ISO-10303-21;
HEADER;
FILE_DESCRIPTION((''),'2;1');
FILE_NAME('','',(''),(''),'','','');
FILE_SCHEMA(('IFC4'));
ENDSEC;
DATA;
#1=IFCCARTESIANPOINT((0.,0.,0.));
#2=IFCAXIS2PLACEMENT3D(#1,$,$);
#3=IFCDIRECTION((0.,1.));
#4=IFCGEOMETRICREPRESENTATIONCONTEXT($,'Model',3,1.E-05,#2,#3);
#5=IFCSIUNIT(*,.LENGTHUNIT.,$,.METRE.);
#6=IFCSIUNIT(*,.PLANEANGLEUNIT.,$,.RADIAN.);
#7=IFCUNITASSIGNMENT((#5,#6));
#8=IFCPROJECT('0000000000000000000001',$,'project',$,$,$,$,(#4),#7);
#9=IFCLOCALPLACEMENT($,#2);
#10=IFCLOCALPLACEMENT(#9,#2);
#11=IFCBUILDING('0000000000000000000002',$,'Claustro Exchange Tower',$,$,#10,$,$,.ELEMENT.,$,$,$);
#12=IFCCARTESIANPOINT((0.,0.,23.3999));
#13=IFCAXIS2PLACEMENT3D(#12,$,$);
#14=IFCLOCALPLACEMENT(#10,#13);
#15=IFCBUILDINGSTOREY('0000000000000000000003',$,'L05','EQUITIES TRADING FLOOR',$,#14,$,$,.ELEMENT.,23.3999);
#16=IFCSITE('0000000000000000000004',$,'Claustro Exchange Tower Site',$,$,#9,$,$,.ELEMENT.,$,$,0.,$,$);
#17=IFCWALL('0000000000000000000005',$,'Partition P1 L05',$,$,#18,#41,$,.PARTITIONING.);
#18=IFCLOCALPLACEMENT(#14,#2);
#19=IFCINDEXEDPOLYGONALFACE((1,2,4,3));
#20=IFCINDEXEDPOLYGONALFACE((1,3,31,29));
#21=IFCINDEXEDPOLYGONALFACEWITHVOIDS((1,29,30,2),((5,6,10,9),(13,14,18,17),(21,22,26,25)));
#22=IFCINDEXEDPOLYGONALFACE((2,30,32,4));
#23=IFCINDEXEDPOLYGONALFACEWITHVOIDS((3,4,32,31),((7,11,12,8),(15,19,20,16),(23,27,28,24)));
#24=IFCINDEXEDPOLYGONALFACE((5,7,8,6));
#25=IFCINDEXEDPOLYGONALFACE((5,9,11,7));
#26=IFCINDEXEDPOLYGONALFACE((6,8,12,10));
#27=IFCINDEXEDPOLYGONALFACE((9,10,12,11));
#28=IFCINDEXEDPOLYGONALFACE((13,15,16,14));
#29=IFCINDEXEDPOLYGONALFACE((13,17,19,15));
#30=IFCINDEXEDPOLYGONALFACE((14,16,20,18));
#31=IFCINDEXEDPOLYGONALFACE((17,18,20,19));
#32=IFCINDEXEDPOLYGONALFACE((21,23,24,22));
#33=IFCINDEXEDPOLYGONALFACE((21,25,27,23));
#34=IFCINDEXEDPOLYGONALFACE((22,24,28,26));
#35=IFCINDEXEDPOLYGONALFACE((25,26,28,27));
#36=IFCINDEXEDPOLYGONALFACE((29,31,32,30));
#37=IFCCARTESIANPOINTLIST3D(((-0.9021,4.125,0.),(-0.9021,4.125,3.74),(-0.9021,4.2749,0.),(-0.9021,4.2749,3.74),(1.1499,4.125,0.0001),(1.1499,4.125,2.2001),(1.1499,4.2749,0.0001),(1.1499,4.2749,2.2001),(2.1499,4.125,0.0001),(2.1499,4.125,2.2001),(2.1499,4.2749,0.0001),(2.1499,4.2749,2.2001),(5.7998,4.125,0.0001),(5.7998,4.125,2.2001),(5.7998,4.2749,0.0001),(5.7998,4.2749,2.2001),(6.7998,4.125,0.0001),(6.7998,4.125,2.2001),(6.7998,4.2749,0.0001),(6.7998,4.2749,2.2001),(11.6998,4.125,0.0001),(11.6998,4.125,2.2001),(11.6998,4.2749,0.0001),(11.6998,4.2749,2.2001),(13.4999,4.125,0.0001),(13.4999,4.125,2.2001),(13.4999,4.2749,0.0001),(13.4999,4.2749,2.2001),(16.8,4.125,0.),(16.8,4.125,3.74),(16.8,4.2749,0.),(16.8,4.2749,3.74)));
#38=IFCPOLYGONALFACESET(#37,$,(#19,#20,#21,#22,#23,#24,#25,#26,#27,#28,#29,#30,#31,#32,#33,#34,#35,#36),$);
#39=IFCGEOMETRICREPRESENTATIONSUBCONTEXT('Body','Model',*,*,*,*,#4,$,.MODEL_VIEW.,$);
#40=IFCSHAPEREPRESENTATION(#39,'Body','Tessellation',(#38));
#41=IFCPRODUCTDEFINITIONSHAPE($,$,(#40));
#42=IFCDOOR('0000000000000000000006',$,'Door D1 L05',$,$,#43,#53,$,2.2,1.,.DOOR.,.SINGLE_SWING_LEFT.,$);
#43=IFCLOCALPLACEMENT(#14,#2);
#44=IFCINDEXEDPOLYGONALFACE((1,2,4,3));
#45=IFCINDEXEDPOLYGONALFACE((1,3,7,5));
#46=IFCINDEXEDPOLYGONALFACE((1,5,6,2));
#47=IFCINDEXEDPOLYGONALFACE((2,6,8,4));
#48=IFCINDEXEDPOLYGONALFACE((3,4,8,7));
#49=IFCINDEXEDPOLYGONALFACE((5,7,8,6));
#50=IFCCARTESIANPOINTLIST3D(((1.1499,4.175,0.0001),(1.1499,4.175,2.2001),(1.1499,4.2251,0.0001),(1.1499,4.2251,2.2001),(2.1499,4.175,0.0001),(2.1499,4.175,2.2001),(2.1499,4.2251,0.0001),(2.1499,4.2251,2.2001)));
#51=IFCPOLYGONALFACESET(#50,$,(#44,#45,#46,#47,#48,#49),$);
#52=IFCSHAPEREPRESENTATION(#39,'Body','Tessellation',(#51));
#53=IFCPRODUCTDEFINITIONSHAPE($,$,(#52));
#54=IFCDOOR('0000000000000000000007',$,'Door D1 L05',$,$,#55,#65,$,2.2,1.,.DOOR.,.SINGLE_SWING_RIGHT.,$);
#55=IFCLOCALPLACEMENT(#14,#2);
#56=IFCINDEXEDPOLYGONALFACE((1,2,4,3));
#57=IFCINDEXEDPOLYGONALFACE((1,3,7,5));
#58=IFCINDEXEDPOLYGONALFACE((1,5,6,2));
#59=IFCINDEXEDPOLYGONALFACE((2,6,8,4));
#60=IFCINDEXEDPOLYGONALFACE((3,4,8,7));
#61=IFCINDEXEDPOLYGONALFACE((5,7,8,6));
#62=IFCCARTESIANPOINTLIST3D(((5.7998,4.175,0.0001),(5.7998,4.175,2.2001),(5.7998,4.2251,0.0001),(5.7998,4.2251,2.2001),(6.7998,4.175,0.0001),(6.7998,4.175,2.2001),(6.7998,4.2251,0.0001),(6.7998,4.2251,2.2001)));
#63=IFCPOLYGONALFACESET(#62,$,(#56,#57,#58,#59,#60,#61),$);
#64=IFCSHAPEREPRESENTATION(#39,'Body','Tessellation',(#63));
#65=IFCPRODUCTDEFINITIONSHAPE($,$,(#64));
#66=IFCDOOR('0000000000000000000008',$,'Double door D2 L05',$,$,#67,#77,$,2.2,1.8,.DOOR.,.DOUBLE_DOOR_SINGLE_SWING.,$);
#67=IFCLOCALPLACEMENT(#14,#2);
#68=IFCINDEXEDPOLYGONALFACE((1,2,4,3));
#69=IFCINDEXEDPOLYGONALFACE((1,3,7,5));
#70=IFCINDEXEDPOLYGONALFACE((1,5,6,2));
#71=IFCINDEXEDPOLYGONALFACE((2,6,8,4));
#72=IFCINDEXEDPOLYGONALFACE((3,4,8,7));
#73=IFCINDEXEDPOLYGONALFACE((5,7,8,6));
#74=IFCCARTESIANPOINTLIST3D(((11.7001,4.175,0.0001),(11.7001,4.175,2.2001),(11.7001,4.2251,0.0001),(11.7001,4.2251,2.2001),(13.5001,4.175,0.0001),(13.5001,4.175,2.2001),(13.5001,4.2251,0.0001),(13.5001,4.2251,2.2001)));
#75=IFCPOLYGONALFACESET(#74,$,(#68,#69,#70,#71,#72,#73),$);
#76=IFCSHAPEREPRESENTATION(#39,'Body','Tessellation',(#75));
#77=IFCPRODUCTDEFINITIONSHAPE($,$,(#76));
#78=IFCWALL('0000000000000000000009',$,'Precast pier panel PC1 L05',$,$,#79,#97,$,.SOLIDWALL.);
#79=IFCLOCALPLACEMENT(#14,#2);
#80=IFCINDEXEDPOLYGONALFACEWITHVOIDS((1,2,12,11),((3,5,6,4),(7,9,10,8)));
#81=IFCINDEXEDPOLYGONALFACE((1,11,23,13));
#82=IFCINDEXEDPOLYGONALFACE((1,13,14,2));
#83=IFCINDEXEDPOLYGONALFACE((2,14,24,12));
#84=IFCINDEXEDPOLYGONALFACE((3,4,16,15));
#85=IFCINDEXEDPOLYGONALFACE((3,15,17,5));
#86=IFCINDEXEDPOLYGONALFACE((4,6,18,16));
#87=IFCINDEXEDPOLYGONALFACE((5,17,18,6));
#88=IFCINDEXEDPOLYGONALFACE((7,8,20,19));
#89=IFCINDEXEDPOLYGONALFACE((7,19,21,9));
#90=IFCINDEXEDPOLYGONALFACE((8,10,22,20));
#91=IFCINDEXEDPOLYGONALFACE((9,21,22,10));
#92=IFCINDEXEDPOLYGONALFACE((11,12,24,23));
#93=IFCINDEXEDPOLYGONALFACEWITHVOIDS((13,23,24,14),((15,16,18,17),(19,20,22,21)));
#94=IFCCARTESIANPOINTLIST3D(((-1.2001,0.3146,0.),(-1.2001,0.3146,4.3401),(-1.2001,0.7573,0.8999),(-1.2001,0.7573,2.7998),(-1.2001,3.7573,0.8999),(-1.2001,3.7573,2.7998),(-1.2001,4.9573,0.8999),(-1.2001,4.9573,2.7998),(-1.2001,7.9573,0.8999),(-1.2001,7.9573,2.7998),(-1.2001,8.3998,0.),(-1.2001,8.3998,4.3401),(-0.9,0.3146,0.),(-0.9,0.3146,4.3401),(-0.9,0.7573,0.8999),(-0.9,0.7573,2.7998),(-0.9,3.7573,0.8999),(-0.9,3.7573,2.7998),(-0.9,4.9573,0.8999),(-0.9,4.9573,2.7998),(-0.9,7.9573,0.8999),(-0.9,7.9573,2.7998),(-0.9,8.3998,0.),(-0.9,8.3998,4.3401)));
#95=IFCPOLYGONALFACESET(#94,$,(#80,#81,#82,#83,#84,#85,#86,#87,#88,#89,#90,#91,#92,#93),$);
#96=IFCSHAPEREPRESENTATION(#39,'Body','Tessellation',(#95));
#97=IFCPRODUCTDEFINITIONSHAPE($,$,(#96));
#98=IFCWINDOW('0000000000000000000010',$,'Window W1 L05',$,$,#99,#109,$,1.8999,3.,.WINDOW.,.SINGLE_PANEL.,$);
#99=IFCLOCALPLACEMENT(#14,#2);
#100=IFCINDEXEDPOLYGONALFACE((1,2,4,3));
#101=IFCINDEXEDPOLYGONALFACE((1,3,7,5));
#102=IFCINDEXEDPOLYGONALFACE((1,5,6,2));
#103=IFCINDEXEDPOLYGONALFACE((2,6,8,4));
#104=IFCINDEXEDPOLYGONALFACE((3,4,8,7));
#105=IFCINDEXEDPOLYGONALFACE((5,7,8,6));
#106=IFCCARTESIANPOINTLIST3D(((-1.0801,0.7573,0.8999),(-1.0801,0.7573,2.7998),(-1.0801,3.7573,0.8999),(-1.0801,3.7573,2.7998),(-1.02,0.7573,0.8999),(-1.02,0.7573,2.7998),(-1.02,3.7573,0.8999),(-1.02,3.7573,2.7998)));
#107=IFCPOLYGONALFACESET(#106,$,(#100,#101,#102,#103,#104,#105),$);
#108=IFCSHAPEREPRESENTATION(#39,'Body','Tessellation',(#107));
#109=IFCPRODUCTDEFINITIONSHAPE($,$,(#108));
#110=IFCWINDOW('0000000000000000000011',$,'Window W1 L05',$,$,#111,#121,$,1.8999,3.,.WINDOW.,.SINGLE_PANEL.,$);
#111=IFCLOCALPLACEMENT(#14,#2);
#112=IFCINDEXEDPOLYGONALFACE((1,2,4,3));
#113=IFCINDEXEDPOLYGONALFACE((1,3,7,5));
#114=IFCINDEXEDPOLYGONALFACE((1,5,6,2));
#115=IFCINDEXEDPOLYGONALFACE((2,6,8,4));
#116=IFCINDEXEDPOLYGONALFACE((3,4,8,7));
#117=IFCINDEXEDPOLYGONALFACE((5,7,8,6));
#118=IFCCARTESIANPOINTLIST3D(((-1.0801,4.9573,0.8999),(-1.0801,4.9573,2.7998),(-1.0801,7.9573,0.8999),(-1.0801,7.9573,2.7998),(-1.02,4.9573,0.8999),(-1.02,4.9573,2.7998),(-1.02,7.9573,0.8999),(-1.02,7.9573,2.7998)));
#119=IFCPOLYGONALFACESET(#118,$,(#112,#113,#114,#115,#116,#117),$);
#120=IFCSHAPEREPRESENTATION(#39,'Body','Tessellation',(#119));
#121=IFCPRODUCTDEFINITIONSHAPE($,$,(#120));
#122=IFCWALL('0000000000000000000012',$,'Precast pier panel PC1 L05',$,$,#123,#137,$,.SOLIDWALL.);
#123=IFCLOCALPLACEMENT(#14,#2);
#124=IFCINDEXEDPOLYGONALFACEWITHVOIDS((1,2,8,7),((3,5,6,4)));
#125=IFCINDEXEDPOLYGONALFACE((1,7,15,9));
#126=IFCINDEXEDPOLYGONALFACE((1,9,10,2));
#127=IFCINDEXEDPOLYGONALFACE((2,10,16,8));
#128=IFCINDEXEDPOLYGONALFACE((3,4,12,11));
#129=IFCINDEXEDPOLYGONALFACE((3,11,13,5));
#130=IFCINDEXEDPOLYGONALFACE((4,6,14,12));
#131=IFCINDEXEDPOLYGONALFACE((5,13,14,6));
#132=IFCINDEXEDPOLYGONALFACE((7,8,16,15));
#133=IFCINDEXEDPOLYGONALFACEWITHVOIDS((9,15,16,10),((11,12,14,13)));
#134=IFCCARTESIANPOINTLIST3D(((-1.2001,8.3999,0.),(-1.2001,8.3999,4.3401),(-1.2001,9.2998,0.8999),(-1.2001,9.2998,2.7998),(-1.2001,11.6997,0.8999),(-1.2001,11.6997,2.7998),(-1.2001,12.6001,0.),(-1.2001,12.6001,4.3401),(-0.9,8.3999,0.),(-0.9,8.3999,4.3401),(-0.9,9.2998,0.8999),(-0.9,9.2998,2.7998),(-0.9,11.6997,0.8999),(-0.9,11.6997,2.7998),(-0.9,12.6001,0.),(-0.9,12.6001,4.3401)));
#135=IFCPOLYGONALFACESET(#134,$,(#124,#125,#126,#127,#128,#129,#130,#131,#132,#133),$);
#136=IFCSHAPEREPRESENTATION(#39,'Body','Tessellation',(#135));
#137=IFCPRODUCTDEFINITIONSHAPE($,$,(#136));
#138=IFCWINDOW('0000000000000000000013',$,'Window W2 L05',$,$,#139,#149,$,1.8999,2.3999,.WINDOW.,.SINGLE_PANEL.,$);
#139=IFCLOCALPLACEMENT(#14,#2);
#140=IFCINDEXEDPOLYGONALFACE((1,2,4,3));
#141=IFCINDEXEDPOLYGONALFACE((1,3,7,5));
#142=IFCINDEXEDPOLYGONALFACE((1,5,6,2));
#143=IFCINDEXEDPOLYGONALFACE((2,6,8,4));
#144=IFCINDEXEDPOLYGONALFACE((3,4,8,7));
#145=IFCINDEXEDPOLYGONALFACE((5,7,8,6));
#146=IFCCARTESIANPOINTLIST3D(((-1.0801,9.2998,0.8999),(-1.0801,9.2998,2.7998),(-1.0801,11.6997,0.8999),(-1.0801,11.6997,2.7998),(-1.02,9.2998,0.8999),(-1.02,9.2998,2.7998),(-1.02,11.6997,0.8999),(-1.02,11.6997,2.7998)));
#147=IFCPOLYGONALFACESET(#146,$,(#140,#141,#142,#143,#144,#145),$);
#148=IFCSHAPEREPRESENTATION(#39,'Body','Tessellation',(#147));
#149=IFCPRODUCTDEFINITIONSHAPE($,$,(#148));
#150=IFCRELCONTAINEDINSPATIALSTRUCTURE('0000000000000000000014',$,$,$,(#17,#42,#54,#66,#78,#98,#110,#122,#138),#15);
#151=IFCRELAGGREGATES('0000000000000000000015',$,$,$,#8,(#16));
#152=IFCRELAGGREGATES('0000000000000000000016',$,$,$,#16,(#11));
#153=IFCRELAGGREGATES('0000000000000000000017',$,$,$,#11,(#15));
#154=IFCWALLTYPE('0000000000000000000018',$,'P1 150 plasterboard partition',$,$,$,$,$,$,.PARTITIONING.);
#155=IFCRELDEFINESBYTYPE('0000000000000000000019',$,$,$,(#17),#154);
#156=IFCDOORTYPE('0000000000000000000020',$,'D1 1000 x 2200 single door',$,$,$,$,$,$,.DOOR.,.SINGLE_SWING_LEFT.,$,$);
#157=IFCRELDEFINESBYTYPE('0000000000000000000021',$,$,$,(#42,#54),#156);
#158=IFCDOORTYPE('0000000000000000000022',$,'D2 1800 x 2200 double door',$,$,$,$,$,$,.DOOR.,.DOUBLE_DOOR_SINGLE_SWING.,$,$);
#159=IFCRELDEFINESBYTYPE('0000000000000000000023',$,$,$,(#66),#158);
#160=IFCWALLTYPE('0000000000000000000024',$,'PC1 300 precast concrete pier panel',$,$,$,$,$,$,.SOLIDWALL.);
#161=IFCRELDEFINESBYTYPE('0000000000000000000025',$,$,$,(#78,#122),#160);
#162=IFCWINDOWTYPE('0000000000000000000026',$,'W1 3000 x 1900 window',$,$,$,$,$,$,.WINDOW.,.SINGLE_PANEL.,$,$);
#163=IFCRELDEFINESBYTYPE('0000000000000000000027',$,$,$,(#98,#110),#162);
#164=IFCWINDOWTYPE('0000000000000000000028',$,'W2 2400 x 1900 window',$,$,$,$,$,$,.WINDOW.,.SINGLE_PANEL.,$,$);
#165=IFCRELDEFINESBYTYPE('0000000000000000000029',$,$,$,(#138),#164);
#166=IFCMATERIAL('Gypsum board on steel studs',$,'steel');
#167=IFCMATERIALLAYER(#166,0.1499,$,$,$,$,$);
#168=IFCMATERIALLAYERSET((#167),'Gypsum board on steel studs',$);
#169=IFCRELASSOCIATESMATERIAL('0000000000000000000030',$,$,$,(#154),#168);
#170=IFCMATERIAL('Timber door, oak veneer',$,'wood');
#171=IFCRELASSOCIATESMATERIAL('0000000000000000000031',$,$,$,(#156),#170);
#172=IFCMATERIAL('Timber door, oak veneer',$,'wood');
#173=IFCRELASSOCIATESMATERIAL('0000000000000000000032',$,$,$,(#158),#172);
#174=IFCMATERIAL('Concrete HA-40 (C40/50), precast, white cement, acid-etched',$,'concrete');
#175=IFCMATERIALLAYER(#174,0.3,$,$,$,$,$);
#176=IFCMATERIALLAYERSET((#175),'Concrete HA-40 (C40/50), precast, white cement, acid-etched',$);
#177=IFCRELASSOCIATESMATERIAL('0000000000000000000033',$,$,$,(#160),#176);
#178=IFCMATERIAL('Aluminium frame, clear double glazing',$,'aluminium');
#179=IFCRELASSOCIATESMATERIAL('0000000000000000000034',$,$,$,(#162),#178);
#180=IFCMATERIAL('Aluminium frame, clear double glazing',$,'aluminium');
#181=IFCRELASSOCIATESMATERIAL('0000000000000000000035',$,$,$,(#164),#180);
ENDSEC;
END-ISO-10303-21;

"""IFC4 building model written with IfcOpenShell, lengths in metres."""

from ifc_helpers import new_model, si_unit, direction, frame, frame_2d, origin, place, context, subcontext, project, spatial, rectangle, extrude, material, layer, layer_set, type_object, element, fill, save


model = new_model("IFC4")

# Units and contexts
model_context = context("Model", 3, precision=1e-05, world=origin(), true_north=direction((0.0, 1.0)))
body_context = subcontext(model_context, "Body", "Model", "MODEL_VIEW")
ifc_project = project(units=[si_unit("LENGTHUNIT", "METRE"), si_unit("PLANEANGLEUNIT", "RADIAN")], contexts=[model_context])

# Site, building, storey
site_placement = place(None, origin())
site = spatial("IfcSite", under=ifc_project, at=site_placement, Name="Claustro Exchange Tower Site", CompositionType="ELEMENT", RefElevation=0.0)
building_placement = place(site_placement, origin())
building = spatial("IfcBuilding", under=site, at=building_placement, Name="Claustro Exchange Tower", CompositionType="ELEMENT")
storey_placement = place(building_placement, frame((0.0, 0.0, 23.3999)))
storey = spatial("IfcBuildingStorey", under=building, at=storey_placement, Name="L05", Description="EQUITIES TRADING FLOOR", CompositionType="ELEMENT", Elevation=23.3999)

# Wall, openings, doors
ifc_material_1 = material(Name="Gypsum board on steel studs", Category="steel")
ifc_layer_1 = layer(ifc_material_1, 0.1499)
ifc_layer_set_1 = layer_set([ifc_layer_1], Name="Gypsum board on steel studs")
wall_type_1 = type_object("IfcWallType", Name="P1 150 plasterboard partition", PredefinedType="PARTITIONING", material=ifc_layer_set_1)
wall_1_placement = place(storey_placement, frame((-0.9021, 4.2, 0.0), z_axis=(0.0, 0.0, 1.0), x_axis=(1.0, 0.0, 0.0)))
wall_1 = element("IfcWall", 1, at=wall_1_placement, inside=storey, type_object=wall_type_1, Name="Partition P1 L05", PredefinedType="PARTITIONING", context=body_context, shape_type="SweptSolid", body=[
    extrude(rectangle(XDim=17.7021, YDim=0.1499, at=frame_2d((8.8511, 0.0))), origin(), (0.0, 0.0, 1.0), 3.74),
])
opening_1_placement = place(wall_1_placement, frame((2.052, 0.0, 0.0)))
opening_1 = element("IfcOpeningElement", 2, at=opening_1_placement, cuts=wall_1, PredefinedType="OPENING", context=body_context, shape_type="SweptSolid", body=[
    extrude(rectangle(XDim=1.0, YDim=2.2, at=frame_2d((0.5, 1.1001))), frame((0.0, 0.085, 0.0), z_axis=(0.0, -1.0, 0.0), x_axis=(1.0, 0.0, 0.0)), (0.0, 0.0, 1.0), 0.1699),
])
opening_2_placement = place(wall_1_placement, frame((6.7019, 0.0, 0.0)))
opening_2 = element("IfcOpeningElement", 3, at=opening_2_placement, cuts=wall_1, PredefinedType="OPENING", context=body_context, shape_type="SweptSolid", body=[
    extrude(rectangle(XDim=1.0, YDim=2.2, at=frame_2d((0.5, 1.1001))), frame((0.0, 0.085, 0.0), z_axis=(0.0, -1.0, 0.0), x_axis=(1.0, 0.0, 0.0)), (0.0, 0.0, 1.0), 0.1699),
])
opening_3_placement = place(wall_1_placement, frame((12.6021, 0.0, 0.0)))
opening_3 = element("IfcOpeningElement", 4, at=opening_3_placement, cuts=wall_1, PredefinedType="OPENING", context=body_context, shape_type="SweptSolid", body=[
    extrude(rectangle(XDim=1.8, YDim=2.2, at=frame_2d((0.8999, 1.1001))), frame((0.0, 0.085, 0.0), z_axis=(0.0, -1.0, 0.0), x_axis=(1.0, 0.0, 0.0)), (0.0, 0.0, 1.0), 0.1699),
])
ifc_material_2 = material(Name="Timber door, oak veneer", Category="wood")
door_type_1 = type_object("IfcDoorType", Name="D1 1000 x 2200 single door", OperationType="SINGLE_SWING_LEFT", PredefinedType="DOOR", material=ifc_material_2)
door_1_placement = place(opening_1_placement, frame((1.0, 0.0, 0.0), z_axis=(0.0, 0.0, 1.0), x_axis=(-1.0, 0.0, 0.0)))
door_1 = element("IfcDoor", 5, at=door_1_placement, inside=storey, type_object=door_type_1, Name="Door D1 L05", OperationType="SINGLE_SWING_LEFT", OverallHeight=2.2, OverallWidth=1.0, PredefinedType="DOOR", context=body_context, shape_type="SweptSolid", body=[
    extrude(rectangle(XDim=1.0, YDim=2.2, at=frame_2d((0.5, 1.1001))), frame((0.0, 0.0249, 0.0), z_axis=(0.0, -1.0, 0.0), x_axis=(1.0, 0.0, 0.0)), (0.0, 0.0, 1.0), 0.05),
])
fill(opening_1, door_1)
door_2_placement = place(opening_2_placement, frame((1.0, 0.0, 0.0), z_axis=(0.0, 0.0, 1.0), x_axis=(-1.0, 0.0, 0.0)))
door_2 = element("IfcDoor", 6, at=door_2_placement, inside=storey, type_object=door_type_1, Name="Door D1 L05", OperationType="SINGLE_SWING_RIGHT", OverallHeight=2.2, OverallWidth=1.0, PredefinedType="DOOR", context=body_context, shape_type="SweptSolid", body=[
    extrude(rectangle(XDim=1.0, YDim=2.2, at=frame_2d((0.5, 1.1001))), frame((0.0, 0.0249, 0.0), z_axis=(0.0, -1.0, 0.0), x_axis=(1.0, 0.0, 0.0)), (0.0, 0.0, 1.0), 0.05),
])
fill(opening_2, door_2)
ifc_material_3 = material(Name="Timber door, oak veneer", Category="wood")
door_type_2 = type_object("IfcDoorType", Name="D2 1800 x 2200 double door", OperationType="DOUBLE_DOOR_SINGLE_SWING", PredefinedType="DOOR", material=ifc_material_3)
door_3_placement = place(opening_3_placement, frame((1.8, 0.0, 0.0), z_axis=(0.0, 0.0, 1.0), x_axis=(-1.0, 0.0, 0.0)))
door_3 = element("IfcDoor", 7, at=door_3_placement, inside=storey, type_object=door_type_2, Name="Double door D2 L05", OperationType="DOUBLE_DOOR_SINGLE_SWING", OverallHeight=2.2, OverallWidth=1.8, PredefinedType="DOOR", context=body_context, shape_type="SweptSolid", body=[
    extrude(rectangle(XDim=1.8, YDim=2.2, at=frame_2d((0.8999, 1.1001))), frame((0.0, 0.0249, 0.0), z_axis=(0.0, -1.0, 0.0), x_axis=(1.0, 0.0, 0.0)), (0.0, 0.0, 1.0), 0.05),
])
fill(opening_3, door_3)

# Wall, openings, windows
ifc_material_4 = material(Name="Concrete HA-40 (C40/50), precast, white cement, acid-etched", Category="concrete")
ifc_layer_2 = layer(ifc_material_4, 0.3)
ifc_layer_set_2 = layer_set([ifc_layer_2], Name="Concrete HA-40 (C40/50), precast, white cement, acid-etched")
wall_type_2 = type_object("IfcWallType", Name="PC1 300 precast concrete pier panel", PredefinedType="SOLIDWALL", material=ifc_layer_set_2)
wall_2_placement = place(storey_placement, frame((-1.05, 0.3147, 0.0), z_axis=(0.0, 0.0, 1.0), x_axis=(0.0, 1.0, 0.0)))
wall_2 = element("IfcWall", 8, at=wall_2_placement, inside=storey, type_object=wall_type_2, Name="Precast pier panel PC1 L05", PredefinedType="SOLIDWALL", context=body_context, shape_type="SweptSolid", body=[
    extrude(rectangle(XDim=8.0852, YDim=0.3, at=frame_2d((4.0425, 0.0))), origin(), (0.0, 0.0, 1.0), 4.3401),
])
opening_4_placement = place(wall_2_placement, frame((0.4426, 0.0, 0.8999)))
opening_4 = element("IfcOpeningElement", 9, at=opening_4_placement, cuts=wall_2, PredefinedType="OPENING", context=body_context, shape_type="SweptSolid", body=[
    extrude(rectangle(XDim=3.0, YDim=1.8999, at=frame_2d((1.5, 0.95))), frame((0.0, 0.1599, 0.0), z_axis=(0.0, -1.0, 0.0), x_axis=(1.0, 0.0, 0.0)), (0.0, 0.0, 1.0), 0.3201),
])
opening_5_placement = place(wall_2_placement, frame((4.6426, 0.0, 0.8999)))
opening_5 = element("IfcOpeningElement", 10, at=opening_5_placement, cuts=wall_2, PredefinedType="OPENING", context=body_context, shape_type="SweptSolid", body=[
    extrude(rectangle(XDim=3.0, YDim=1.8999, at=frame_2d((1.5, 0.95))), frame((0.0, 0.1599, 0.0), z_axis=(0.0, -1.0, 0.0), x_axis=(1.0, 0.0, 0.0)), (0.0, 0.0, 1.0), 0.3201),
])
ifc_material_5 = material(Name="Aluminium frame, clear double glazing", Category="aluminium")
window_type_1 = type_object("IfcWindowType", Name="W1 3000 x 1900 window", PartitioningType="SINGLE_PANEL", PredefinedType="WINDOW", material=ifc_material_5)
window_1_placement = place(opening_4_placement, origin())
window_1 = element("IfcWindow", 11, at=window_1_placement, inside=storey, type_object=window_type_1, Name="Window W1 L05", OverallHeight=1.8999, OverallWidth=3.0, PartitioningType="SINGLE_PANEL", PredefinedType="WINDOW", context=body_context, shape_type="SweptSolid", body=[
    extrude(rectangle(XDim=3.0, YDim=1.8999, at=frame_2d((1.5, 0.95))), frame((0.0, 0.03, 0.0), z_axis=(0.0, -1.0, 0.0), x_axis=(1.0, 0.0, 0.0)), (0.0, 0.0, 1.0), 0.0601),
])
fill(opening_4, window_1)
window_2_placement = place(opening_5_placement, origin())
window_2 = element("IfcWindow", 12, at=window_2_placement, inside=storey, type_object=window_type_1, Name="Window W1 L05", OverallHeight=1.8999, OverallWidth=3.0, PartitioningType="SINGLE_PANEL", PredefinedType="WINDOW", context=body_context, shape_type="SweptSolid", body=[
    extrude(rectangle(XDim=3.0, YDim=1.8999, at=frame_2d((1.5, 0.95))), frame((0.0, 0.03, 0.0), z_axis=(0.0, -1.0, 0.0), x_axis=(1.0, 0.0, 0.0)), (0.0, 0.0, 1.0), 0.0601),
])
fill(opening_5, window_2)

# Wall, opening, window
wall_3_placement = place(storey_placement, frame((-1.05, 8.3999, 0.0), z_axis=(0.0, 0.0, 1.0), x_axis=(0.0, 1.0, 0.0)))
wall_3 = element("IfcWall", 13, at=wall_3_placement, inside=storey, type_object=wall_type_2, Name="Precast pier panel PC1 L05", PredefinedType="SOLIDWALL", context=body_context, shape_type="SweptSolid", body=[
    extrude(rectangle(XDim=4.2002, YDim=0.3, at=frame_2d((2.1001, 0.0))), origin(), (0.0, 0.0, 1.0), 4.3401),
])
opening_6_placement = place(wall_3_placement, frame((0.8999, 0.0, 0.8999)))
opening_6 = element("IfcOpeningElement", 14, at=opening_6_placement, cuts=wall_3, PredefinedType="OPENING", context=body_context, shape_type="SweptSolid", body=[
    extrude(rectangle(XDim=2.3999, YDim=1.8999, at=frame_2d((1.2, 0.95))), frame((0.0, 0.1599, 0.0), z_axis=(0.0, -1.0, 0.0), x_axis=(1.0, 0.0, 0.0)), (0.0, 0.0, 1.0), 0.3201),
])
ifc_material_6 = material(Name="Aluminium frame, clear double glazing", Category="aluminium")
window_type_2 = type_object("IfcWindowType", Name="W2 2400 x 1900 window", PartitioningType="SINGLE_PANEL", PredefinedType="WINDOW", material=ifc_material_6)
window_3_placement = place(opening_6_placement, origin())
window_3 = element("IfcWindow", 15, at=window_3_placement, inside=storey, type_object=window_type_2, Name="Window W2 L05", OverallHeight=1.8999, OverallWidth=2.3999, PartitioningType="SINGLE_PANEL", PredefinedType="WINDOW", context=body_context, shape_type="SweptSolid", body=[
    extrude(rectangle(XDim=2.3999, YDim=1.8999, at=frame_2d((1.2, 0.95))), frame((0.0, 0.03, 0.0), z_axis=(0.0, -1.0, 0.0), x_axis=(1.0, 0.0, 0.0)), (0.0, 0.0, 1.0), 0.0601),
])
fill(opening_6, window_3)

save(model, "model.ifc")
